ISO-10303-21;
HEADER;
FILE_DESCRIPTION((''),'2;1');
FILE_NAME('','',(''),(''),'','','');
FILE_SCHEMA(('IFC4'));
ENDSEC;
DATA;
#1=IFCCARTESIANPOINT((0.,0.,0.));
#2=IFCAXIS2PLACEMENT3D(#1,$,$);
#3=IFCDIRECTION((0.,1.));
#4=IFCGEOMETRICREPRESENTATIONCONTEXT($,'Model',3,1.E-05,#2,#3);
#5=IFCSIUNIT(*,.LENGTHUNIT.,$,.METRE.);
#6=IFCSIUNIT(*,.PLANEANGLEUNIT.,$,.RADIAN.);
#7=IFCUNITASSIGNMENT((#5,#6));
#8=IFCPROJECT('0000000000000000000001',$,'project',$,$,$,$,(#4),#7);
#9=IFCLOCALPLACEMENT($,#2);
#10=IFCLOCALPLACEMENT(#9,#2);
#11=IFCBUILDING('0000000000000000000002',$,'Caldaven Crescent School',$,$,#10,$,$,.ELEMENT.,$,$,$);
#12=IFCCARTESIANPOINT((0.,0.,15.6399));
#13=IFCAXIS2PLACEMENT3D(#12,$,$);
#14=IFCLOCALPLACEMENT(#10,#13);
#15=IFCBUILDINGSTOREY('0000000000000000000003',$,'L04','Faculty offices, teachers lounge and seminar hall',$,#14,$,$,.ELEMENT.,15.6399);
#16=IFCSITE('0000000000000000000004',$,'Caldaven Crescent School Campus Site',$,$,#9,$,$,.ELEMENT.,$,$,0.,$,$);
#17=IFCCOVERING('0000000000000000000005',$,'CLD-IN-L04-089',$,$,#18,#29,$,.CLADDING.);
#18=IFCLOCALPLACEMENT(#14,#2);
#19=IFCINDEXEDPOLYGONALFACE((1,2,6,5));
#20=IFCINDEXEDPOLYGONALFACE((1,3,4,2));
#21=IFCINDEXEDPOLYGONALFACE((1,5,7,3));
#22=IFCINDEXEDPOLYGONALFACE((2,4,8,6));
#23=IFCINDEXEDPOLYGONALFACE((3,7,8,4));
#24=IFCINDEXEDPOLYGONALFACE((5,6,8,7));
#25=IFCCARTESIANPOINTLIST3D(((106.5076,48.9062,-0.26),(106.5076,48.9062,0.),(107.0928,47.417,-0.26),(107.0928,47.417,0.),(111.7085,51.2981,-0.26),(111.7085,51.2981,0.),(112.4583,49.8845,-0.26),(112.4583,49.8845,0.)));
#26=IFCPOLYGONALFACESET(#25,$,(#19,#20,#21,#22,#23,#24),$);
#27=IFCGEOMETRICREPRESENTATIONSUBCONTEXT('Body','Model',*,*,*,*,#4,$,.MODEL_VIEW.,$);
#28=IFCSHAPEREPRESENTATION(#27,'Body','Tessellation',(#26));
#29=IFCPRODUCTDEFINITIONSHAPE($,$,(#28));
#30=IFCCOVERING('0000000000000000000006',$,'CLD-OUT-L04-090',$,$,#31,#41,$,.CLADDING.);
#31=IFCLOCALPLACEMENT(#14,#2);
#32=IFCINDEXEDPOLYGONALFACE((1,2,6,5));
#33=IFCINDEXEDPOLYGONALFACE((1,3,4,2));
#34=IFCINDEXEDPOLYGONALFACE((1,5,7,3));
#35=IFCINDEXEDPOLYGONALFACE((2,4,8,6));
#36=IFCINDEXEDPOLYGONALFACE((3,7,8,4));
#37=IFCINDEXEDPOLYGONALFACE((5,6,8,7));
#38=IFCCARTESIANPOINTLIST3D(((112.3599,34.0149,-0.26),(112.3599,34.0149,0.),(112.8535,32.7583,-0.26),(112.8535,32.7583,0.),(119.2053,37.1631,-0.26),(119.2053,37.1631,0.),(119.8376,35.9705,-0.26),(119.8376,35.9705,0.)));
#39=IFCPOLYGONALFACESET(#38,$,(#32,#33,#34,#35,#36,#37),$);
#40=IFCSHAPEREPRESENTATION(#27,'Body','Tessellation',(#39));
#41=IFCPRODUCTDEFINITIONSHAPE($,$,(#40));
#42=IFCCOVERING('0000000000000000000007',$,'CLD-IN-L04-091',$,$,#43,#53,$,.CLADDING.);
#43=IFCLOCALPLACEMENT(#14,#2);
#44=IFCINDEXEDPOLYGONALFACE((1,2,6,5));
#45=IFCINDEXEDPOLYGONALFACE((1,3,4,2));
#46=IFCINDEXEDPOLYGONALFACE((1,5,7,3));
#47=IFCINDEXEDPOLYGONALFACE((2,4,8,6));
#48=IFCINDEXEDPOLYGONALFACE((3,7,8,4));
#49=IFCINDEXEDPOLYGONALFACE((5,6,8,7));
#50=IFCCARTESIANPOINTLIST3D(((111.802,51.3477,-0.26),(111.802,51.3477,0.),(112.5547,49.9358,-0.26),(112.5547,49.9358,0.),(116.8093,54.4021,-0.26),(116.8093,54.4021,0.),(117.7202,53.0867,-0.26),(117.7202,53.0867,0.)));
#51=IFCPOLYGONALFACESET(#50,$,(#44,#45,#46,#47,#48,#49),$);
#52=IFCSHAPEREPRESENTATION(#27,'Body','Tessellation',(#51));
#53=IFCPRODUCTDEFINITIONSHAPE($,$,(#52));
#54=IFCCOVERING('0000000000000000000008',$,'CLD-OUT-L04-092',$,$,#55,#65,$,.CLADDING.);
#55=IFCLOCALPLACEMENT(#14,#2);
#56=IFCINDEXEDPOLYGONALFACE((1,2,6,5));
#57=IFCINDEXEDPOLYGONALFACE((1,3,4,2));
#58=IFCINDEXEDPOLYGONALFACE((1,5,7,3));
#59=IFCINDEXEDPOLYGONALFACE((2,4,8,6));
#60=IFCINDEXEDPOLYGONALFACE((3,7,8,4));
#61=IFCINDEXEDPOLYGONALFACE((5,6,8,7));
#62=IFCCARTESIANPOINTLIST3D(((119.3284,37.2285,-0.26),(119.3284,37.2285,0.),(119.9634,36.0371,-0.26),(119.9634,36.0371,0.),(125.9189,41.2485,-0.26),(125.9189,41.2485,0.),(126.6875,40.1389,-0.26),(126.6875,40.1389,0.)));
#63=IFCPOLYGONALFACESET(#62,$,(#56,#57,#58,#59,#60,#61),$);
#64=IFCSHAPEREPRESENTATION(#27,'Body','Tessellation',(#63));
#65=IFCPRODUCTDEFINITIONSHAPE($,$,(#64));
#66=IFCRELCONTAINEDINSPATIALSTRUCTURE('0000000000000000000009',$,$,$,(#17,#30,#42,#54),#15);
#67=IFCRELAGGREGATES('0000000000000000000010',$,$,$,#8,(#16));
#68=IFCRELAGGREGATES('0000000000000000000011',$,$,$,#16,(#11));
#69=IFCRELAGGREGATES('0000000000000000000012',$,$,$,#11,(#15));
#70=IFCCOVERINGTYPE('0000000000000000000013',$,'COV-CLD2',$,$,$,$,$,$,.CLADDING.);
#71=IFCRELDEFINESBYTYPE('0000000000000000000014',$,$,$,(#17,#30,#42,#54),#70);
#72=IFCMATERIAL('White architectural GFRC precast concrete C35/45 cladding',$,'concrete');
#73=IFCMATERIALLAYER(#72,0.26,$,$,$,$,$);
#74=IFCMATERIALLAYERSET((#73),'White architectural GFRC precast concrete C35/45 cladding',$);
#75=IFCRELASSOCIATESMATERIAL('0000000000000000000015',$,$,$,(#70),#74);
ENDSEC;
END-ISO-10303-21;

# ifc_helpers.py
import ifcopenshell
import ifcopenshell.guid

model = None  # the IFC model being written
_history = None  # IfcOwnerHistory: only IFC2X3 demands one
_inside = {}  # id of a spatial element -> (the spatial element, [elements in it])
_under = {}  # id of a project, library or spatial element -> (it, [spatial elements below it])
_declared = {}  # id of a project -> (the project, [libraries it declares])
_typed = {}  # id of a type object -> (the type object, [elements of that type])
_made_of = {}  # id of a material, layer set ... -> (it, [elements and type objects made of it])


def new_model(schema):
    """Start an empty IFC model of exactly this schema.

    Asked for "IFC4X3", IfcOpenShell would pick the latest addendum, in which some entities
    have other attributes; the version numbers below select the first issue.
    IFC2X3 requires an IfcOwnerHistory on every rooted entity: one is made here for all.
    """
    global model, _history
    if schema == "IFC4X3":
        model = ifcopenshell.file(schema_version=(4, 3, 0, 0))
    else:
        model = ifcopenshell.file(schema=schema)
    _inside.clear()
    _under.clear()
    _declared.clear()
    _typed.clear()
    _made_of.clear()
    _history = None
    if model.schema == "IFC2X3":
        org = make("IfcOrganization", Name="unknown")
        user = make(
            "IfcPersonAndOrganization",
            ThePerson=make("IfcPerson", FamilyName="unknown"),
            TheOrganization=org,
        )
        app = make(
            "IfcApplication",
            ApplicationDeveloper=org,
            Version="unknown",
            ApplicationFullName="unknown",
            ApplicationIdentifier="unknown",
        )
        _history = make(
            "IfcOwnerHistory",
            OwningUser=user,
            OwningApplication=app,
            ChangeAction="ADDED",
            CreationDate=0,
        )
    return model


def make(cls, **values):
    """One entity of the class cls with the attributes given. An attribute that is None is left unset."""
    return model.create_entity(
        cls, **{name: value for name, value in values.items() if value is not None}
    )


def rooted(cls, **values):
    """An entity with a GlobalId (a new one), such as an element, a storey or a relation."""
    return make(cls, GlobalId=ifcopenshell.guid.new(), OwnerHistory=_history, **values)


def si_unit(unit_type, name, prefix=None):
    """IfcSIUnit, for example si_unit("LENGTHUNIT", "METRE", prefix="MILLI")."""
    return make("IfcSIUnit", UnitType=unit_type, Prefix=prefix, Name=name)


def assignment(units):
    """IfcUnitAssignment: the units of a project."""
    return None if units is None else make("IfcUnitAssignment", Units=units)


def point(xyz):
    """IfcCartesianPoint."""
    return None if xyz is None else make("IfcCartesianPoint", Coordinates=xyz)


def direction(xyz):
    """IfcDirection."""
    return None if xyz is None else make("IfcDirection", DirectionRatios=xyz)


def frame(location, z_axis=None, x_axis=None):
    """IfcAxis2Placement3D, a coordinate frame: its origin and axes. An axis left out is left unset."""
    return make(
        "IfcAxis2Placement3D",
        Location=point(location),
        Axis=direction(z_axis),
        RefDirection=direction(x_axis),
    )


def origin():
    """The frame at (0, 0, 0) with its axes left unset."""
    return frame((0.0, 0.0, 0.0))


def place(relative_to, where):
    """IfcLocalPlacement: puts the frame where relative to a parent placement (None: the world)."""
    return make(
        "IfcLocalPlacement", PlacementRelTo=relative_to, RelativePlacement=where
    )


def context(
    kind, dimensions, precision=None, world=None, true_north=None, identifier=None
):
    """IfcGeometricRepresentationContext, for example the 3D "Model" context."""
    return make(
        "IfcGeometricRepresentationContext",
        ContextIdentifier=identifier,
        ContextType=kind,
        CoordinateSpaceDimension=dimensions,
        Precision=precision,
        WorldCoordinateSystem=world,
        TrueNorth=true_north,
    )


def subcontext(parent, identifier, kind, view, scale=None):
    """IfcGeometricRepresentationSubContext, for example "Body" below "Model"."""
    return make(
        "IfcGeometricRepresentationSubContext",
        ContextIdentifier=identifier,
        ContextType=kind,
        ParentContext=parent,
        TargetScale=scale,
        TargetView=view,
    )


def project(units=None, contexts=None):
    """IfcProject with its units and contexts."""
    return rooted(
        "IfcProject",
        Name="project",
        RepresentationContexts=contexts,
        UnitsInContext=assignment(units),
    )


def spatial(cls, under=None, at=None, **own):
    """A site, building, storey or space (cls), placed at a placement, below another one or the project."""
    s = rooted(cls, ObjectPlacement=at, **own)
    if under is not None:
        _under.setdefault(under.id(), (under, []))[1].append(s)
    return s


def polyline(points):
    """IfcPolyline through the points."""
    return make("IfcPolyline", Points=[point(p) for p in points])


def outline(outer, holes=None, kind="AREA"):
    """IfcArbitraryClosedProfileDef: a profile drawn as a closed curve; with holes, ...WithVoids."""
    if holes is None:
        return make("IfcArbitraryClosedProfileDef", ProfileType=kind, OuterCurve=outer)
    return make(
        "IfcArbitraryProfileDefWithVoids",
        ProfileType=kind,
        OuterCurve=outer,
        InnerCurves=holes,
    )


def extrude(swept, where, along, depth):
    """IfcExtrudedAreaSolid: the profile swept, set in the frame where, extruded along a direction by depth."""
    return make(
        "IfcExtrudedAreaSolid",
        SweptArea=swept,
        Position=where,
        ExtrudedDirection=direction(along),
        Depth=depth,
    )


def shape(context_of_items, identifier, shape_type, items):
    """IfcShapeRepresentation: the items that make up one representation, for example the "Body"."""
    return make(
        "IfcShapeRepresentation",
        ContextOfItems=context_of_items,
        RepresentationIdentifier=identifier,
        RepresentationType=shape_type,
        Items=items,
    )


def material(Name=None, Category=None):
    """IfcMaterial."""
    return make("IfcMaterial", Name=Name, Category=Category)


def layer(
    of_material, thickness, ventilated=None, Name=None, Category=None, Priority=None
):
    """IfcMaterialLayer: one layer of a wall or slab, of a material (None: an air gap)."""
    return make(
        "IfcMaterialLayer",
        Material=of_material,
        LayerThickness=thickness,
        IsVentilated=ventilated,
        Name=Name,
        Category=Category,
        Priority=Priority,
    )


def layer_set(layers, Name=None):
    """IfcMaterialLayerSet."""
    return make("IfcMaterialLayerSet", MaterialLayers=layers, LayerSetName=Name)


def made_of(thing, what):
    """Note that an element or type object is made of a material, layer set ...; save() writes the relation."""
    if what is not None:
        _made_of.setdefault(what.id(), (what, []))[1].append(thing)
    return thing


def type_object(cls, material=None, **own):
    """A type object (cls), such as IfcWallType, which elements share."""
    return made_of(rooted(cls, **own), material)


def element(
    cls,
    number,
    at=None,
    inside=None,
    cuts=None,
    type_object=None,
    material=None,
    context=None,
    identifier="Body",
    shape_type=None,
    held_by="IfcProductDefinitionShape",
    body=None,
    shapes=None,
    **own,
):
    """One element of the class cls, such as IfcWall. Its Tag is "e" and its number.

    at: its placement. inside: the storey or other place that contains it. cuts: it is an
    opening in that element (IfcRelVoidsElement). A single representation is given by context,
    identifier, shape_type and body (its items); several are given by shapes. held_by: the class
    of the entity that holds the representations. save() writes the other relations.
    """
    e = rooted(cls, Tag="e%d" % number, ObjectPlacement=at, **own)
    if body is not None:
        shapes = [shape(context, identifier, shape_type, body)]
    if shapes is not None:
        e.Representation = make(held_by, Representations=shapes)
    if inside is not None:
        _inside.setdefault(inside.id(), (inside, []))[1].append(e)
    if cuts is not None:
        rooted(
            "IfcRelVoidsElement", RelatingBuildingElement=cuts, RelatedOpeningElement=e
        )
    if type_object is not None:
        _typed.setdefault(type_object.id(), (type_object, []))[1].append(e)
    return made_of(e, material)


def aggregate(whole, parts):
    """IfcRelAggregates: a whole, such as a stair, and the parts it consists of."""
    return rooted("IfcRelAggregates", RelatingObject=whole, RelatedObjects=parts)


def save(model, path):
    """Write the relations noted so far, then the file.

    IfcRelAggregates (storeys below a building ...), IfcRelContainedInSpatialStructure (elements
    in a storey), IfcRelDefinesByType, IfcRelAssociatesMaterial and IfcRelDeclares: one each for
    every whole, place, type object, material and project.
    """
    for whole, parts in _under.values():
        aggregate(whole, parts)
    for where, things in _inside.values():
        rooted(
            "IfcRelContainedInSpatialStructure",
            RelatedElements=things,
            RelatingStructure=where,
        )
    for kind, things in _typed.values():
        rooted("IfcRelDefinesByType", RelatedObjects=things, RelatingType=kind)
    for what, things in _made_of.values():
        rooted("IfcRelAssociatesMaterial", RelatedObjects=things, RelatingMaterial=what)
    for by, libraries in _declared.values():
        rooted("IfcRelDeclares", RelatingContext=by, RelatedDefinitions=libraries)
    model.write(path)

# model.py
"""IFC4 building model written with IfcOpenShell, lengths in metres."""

from ifc_helpers import new_model, si_unit, direction, frame, origin, place, context, subcontext, project, spatial, polyline, outline, extrude, material, layer, layer_set, type_object, element, save


model = new_model("IFC4")

# Units and contexts
model_context = context("Model", 3, precision=1e-05, world=origin(), true_north=direction((0.0, 1.0)))
body_context = subcontext(model_context, "Body", "Model", "MODEL_VIEW")
ifc_project = project(units=[si_unit("LENGTHUNIT", "METRE"), si_unit("PLANEANGLEUNIT", "RADIAN")], contexts=[model_context])

# Site, building, storey
site_placement = place(None, origin())
site = spatial("IfcSite", under=ifc_project, at=site_placement, Name="Caldaven Crescent School Campus Site", CompositionType="ELEMENT", RefElevation=0.0)
building_placement = place(site_placement, origin())
building = spatial("IfcBuilding", under=site, at=building_placement, Name="Caldaven Crescent School", CompositionType="ELEMENT")
storey_placement = place(building_placement, frame((0.0, 0.0, 15.6399)))
storey = spatial("IfcBuildingStorey", under=building, at=storey_placement, Name="L04", Description="Faculty offices, teachers lounge and seminar hall", CompositionType="ELEMENT", Elevation=15.6399)

# Coverings
ifc_material_1 = material(Name="White architectural GFRC precast concrete C35/45 cladding", Category="concrete")
ifc_layer_1 = layer(ifc_material_1, 0.26)
ifc_layer_set_1 = layer_set([ifc_layer_1], Name="White architectural GFRC precast concrete C35/45 cladding")
covering_type_1 = type_object("IfcCoveringType", Name="COV-CLD2", PredefinedType="CLADDING", material=ifc_layer_set_1)
covering_1_placement = place(storey_placement, frame((0.0, 0.0, -0.26)))
element("IfcCovering", 1, at=covering_1_placement, inside=storey, type_object=covering_type_1, Name="CLD-IN-L04-089", PredefinedType="CLADDING", context=body_context, shape_type="SweptSolid", body=[
    extrude(outline(polyline([(106.5076, 48.9062), (111.7085, 51.2981), (112.4583, 49.8845), (107.0928, 47.417), (106.5076, 48.9062)])), origin(), (0.0, 0.0, 1.0), 0.26),
])
covering_2_placement = place(storey_placement, frame((0.0, 0.0, -0.26)))
element("IfcCovering", 2, at=covering_2_placement, inside=storey, type_object=covering_type_1, Name="CLD-OUT-L04-090", PredefinedType="CLADDING", context=body_context, shape_type="SweptSolid", body=[
    extrude(outline(polyline([(112.3599, 34.0149), (119.2053, 37.1631), (119.8376, 35.9705), (112.8535, 32.7583), (112.3599, 34.0149)])), origin(), (0.0, 0.0, 1.0), 0.26),
])
covering_3_placement = place(storey_placement, frame((0.0, 0.0, -0.26)))
element("IfcCovering", 3, at=covering_3_placement, inside=storey, type_object=covering_type_1, Name="CLD-IN-L04-091", PredefinedType="CLADDING", context=body_context, shape_type="SweptSolid", body=[
    extrude(outline(polyline([(111.802, 51.3477), (116.8093, 54.4021), (117.7202, 53.0867), (112.5547, 49.9358), (111.802, 51.3477)])), origin(), (0.0, 0.0, 1.0), 0.26),
])
covering_4_placement = place(storey_placement, frame((0.0, 0.0, -0.26)))
element("IfcCovering", 4, at=covering_4_placement, inside=storey, type_object=covering_type_1, Name="CLD-OUT-L04-092", PredefinedType="CLADDING", context=body_context, shape_type="SweptSolid", body=[
    extrude(outline(polyline([(119.3284, 37.2285), (125.9189, 41.2485), (126.6875, 40.1389), (119.9634, 36.0371), (119.3284, 37.2285)])), origin(), (0.0, 0.0, 1.0), 0.26),
])

save(model, "model.ifc")
